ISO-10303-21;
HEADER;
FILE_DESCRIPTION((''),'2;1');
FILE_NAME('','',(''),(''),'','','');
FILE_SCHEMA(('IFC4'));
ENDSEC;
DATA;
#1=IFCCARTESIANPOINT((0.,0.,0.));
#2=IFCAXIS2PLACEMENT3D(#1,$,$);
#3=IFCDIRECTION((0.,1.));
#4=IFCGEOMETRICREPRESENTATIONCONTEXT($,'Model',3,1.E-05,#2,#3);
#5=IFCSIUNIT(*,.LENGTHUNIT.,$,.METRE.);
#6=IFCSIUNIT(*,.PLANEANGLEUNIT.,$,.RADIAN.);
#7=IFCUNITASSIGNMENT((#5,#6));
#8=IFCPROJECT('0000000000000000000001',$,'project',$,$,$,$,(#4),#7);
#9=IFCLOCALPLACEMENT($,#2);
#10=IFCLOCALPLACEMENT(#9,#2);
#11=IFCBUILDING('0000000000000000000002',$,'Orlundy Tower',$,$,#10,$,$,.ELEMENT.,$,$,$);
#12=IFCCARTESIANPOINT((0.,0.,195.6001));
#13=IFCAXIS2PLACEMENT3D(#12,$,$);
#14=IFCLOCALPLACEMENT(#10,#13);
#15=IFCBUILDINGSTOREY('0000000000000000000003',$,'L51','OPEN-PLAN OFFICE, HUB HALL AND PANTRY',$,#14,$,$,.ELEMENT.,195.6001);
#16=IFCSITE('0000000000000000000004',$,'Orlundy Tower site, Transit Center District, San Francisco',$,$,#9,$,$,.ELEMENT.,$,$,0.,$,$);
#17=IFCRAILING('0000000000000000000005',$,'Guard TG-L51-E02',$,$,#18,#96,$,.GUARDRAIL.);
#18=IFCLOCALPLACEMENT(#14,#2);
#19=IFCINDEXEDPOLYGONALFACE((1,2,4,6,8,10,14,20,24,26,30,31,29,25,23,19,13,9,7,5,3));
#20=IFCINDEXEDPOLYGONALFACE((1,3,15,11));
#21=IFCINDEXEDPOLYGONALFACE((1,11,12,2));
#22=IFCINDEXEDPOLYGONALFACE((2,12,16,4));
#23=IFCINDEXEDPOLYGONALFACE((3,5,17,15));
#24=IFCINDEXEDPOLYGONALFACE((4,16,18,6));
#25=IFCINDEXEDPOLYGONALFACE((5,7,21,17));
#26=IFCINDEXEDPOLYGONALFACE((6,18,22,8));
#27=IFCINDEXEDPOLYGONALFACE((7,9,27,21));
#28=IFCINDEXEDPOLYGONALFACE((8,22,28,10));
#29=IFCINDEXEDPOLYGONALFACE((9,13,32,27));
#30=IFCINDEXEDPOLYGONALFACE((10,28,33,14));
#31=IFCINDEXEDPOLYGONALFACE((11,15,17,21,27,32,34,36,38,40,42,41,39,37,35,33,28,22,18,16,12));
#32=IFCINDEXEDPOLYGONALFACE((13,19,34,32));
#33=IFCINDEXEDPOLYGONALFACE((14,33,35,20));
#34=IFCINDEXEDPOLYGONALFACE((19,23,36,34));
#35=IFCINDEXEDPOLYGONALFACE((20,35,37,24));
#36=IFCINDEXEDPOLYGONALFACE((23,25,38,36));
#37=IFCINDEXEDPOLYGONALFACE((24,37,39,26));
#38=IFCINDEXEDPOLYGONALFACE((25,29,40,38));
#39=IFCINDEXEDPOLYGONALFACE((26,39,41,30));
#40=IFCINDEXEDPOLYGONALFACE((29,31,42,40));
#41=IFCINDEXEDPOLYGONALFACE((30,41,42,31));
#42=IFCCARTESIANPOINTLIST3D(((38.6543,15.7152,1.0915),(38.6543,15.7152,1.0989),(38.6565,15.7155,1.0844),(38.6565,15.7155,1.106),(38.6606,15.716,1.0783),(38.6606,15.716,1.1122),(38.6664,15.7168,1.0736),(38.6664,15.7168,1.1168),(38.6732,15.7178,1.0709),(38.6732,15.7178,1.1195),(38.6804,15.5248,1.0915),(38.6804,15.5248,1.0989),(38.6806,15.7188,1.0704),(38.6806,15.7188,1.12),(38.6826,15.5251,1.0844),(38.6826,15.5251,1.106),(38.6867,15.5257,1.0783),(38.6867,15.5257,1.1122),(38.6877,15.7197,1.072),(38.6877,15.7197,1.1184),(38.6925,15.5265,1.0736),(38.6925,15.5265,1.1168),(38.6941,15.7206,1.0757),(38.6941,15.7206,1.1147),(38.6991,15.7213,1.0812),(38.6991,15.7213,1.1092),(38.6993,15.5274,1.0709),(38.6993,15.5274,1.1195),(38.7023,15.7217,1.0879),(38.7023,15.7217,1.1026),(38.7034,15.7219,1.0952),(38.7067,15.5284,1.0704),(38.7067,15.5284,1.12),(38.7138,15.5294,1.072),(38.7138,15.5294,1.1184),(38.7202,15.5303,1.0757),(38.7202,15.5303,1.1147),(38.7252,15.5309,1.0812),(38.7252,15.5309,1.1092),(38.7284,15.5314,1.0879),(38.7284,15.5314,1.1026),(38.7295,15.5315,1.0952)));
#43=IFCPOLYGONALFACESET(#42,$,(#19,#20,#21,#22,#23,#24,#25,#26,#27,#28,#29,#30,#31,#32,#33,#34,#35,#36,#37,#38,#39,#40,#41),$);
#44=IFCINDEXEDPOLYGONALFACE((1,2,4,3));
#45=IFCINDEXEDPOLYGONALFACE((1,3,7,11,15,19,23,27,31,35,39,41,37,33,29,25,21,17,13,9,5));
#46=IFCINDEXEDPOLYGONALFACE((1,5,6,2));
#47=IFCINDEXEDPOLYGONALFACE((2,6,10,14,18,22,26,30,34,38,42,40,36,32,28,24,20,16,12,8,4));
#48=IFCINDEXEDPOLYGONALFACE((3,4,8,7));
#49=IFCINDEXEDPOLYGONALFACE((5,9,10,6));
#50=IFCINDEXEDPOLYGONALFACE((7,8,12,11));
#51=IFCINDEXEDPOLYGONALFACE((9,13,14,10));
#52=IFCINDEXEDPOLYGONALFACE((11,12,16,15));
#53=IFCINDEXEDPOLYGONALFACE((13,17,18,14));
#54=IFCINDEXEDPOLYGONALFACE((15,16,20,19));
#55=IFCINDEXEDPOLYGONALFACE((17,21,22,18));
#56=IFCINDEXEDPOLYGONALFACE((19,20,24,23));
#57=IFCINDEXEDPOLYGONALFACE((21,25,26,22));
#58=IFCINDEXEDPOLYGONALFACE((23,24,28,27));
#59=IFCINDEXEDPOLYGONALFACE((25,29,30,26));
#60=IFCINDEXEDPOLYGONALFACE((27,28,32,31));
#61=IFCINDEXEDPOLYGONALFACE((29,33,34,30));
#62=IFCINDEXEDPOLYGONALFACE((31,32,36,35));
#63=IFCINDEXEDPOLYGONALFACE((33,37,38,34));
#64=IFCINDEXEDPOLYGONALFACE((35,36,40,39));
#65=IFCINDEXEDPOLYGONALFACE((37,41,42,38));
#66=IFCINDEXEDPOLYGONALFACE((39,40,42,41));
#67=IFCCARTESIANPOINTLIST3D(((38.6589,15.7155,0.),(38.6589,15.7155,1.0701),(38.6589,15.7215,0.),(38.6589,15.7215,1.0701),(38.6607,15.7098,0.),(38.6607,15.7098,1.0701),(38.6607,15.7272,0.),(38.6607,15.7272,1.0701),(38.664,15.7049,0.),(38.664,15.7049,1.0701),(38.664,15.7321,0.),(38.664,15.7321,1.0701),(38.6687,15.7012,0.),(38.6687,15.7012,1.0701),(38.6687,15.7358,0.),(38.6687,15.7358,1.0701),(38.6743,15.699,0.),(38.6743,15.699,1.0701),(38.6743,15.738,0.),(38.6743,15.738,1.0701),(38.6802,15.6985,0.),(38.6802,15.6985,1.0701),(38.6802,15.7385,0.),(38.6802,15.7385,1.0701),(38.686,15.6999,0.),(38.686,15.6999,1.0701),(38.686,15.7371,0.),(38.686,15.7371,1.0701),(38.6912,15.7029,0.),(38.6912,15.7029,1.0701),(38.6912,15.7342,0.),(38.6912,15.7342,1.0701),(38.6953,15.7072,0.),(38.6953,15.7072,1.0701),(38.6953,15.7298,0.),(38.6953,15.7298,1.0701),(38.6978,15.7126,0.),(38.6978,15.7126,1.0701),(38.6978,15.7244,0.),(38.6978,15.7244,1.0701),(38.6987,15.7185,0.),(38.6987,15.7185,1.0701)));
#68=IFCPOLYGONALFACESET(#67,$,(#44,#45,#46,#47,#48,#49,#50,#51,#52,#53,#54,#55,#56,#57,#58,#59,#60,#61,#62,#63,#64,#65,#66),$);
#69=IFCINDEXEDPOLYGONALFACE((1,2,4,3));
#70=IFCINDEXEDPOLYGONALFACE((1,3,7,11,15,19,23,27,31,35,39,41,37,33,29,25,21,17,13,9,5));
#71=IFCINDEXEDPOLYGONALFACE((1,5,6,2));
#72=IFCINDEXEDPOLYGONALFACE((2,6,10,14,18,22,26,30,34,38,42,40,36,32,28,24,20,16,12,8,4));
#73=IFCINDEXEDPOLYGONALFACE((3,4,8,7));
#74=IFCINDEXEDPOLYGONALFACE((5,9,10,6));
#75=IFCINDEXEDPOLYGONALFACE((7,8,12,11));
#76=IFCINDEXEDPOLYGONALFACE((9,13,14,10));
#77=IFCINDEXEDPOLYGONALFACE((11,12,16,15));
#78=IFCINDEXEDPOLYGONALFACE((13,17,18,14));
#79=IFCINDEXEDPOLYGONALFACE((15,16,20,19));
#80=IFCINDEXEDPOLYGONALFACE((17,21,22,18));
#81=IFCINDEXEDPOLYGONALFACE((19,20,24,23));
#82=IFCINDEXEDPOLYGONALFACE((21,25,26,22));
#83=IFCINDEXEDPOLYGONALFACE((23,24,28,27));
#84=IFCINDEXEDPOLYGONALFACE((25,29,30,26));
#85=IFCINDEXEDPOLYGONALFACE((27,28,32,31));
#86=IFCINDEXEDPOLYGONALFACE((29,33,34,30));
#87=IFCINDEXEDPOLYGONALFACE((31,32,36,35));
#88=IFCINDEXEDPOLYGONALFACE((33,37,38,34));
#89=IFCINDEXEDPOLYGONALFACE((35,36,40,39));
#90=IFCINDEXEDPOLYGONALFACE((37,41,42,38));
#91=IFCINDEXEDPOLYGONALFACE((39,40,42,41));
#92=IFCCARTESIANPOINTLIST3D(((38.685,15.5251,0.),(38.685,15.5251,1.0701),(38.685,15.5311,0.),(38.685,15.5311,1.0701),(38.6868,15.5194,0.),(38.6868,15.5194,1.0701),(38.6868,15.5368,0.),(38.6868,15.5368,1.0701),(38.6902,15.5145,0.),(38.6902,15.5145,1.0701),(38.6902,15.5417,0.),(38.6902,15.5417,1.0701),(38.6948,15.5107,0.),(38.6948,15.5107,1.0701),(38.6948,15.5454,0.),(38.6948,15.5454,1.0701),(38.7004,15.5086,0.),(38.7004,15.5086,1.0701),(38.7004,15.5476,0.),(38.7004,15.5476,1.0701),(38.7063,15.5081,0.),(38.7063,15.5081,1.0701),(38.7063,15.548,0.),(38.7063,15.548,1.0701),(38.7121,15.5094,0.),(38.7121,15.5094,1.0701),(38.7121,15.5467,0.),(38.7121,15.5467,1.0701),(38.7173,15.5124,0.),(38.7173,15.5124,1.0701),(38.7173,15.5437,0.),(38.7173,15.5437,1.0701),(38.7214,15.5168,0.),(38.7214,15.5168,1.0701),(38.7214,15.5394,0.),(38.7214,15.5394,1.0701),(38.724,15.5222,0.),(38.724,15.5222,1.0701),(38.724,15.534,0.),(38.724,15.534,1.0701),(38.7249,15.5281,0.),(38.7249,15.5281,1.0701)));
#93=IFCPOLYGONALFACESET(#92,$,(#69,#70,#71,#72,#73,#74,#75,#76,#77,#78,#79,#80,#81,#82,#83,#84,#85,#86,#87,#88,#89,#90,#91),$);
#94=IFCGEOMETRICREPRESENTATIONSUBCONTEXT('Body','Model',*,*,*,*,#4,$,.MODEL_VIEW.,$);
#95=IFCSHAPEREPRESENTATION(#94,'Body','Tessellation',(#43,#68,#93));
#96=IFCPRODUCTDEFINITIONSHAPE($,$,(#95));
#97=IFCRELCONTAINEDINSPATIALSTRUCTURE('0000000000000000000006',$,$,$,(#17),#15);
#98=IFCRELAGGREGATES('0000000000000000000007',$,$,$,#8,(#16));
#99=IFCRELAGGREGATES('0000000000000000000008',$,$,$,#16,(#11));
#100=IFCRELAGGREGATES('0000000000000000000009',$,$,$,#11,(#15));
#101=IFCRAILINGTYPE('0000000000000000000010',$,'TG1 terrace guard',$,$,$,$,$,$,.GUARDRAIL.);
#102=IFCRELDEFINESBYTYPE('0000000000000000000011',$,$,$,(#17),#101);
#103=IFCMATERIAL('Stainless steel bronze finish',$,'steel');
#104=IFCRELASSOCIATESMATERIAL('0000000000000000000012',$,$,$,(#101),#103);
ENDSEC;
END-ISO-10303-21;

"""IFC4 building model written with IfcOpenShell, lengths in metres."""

from ifc_helpers import new_model, si_unit, direction, frame, origin, origin_2d, place, context, subcontext, project, spatial, circle, extrude, material, type_object, element, save


model = new_model("IFC4")

# Units and contexts
model_context = context("Model", 3, precision=1e-05, world=origin(), true_north=direction((0.0, 1.0)))
body_context = subcontext(model_context, "Body", "Model", "MODEL_VIEW")
ifc_project = project(units=[si_unit("LENGTHUNIT", "METRE"), si_unit("PLANEANGLEUNIT", "RADIAN")], contexts=[model_context])

# Site, building, storey
site_placement = place(None, origin())
site = spatial("IfcSite", under=ifc_project, at=site_placement, Name="Orlundy Tower site, Transit Center District, San Francisco", CompositionType="ELEMENT", RefElevation=0.0)
building_placement = place(site_placement, origin())
building = spatial("IfcBuilding", under=site, at=building_placement, Name="Orlundy Tower", CompositionType="ELEMENT")
storey_placement = place(building_placement, frame((0.0, 0.0, 195.6001)))
storey = spatial("IfcBuildingStorey", under=building, at=storey_placement, Name="L51", Description="OPEN-PLAN OFFICE, HUB HALL AND PANTRY", CompositionType="ELEMENT", Elevation=195.6001)

# Railing
ifc_material_1 = material(Name="Stainless steel bronze finish", Category="steel")
railing_type = type_object("IfcRailingType", Name="TG1 terrace guard", PredefinedType="GUARDRAIL", material=ifc_material_1)
railing_placement = place(storey_placement, frame((38.6787, 15.7185, 0.0)))
element("IfcRailing", 1, at=railing_placement, inside=storey, type_object=railing_type, Name="Guard TG-L51-E02", PredefinedType="GUARDRAIL", context=body_context, shape_type="SweptSolid", body=[
    extrude(circle(Radius=0.0249, at=origin_2d()), frame((0.0, 0.0, 1.0952), z_axis=(0.135907, -0.990722, 0.0), x_axis=(0.990722, 0.135907, 0.0)), (0.0, 0.0, 1.0), 0.1921),
    extrude(circle(Radius=0.02, at=origin_2d()), origin(), (0.0, 0.0, 1.0), 1.0701),
    extrude(circle(Radius=0.02, at=origin_2d()), frame((0.0261, -0.1904, 0.0)), (0.0, 0.0, 1.0), 1.0701),
])

save(model, "model.ifc")
